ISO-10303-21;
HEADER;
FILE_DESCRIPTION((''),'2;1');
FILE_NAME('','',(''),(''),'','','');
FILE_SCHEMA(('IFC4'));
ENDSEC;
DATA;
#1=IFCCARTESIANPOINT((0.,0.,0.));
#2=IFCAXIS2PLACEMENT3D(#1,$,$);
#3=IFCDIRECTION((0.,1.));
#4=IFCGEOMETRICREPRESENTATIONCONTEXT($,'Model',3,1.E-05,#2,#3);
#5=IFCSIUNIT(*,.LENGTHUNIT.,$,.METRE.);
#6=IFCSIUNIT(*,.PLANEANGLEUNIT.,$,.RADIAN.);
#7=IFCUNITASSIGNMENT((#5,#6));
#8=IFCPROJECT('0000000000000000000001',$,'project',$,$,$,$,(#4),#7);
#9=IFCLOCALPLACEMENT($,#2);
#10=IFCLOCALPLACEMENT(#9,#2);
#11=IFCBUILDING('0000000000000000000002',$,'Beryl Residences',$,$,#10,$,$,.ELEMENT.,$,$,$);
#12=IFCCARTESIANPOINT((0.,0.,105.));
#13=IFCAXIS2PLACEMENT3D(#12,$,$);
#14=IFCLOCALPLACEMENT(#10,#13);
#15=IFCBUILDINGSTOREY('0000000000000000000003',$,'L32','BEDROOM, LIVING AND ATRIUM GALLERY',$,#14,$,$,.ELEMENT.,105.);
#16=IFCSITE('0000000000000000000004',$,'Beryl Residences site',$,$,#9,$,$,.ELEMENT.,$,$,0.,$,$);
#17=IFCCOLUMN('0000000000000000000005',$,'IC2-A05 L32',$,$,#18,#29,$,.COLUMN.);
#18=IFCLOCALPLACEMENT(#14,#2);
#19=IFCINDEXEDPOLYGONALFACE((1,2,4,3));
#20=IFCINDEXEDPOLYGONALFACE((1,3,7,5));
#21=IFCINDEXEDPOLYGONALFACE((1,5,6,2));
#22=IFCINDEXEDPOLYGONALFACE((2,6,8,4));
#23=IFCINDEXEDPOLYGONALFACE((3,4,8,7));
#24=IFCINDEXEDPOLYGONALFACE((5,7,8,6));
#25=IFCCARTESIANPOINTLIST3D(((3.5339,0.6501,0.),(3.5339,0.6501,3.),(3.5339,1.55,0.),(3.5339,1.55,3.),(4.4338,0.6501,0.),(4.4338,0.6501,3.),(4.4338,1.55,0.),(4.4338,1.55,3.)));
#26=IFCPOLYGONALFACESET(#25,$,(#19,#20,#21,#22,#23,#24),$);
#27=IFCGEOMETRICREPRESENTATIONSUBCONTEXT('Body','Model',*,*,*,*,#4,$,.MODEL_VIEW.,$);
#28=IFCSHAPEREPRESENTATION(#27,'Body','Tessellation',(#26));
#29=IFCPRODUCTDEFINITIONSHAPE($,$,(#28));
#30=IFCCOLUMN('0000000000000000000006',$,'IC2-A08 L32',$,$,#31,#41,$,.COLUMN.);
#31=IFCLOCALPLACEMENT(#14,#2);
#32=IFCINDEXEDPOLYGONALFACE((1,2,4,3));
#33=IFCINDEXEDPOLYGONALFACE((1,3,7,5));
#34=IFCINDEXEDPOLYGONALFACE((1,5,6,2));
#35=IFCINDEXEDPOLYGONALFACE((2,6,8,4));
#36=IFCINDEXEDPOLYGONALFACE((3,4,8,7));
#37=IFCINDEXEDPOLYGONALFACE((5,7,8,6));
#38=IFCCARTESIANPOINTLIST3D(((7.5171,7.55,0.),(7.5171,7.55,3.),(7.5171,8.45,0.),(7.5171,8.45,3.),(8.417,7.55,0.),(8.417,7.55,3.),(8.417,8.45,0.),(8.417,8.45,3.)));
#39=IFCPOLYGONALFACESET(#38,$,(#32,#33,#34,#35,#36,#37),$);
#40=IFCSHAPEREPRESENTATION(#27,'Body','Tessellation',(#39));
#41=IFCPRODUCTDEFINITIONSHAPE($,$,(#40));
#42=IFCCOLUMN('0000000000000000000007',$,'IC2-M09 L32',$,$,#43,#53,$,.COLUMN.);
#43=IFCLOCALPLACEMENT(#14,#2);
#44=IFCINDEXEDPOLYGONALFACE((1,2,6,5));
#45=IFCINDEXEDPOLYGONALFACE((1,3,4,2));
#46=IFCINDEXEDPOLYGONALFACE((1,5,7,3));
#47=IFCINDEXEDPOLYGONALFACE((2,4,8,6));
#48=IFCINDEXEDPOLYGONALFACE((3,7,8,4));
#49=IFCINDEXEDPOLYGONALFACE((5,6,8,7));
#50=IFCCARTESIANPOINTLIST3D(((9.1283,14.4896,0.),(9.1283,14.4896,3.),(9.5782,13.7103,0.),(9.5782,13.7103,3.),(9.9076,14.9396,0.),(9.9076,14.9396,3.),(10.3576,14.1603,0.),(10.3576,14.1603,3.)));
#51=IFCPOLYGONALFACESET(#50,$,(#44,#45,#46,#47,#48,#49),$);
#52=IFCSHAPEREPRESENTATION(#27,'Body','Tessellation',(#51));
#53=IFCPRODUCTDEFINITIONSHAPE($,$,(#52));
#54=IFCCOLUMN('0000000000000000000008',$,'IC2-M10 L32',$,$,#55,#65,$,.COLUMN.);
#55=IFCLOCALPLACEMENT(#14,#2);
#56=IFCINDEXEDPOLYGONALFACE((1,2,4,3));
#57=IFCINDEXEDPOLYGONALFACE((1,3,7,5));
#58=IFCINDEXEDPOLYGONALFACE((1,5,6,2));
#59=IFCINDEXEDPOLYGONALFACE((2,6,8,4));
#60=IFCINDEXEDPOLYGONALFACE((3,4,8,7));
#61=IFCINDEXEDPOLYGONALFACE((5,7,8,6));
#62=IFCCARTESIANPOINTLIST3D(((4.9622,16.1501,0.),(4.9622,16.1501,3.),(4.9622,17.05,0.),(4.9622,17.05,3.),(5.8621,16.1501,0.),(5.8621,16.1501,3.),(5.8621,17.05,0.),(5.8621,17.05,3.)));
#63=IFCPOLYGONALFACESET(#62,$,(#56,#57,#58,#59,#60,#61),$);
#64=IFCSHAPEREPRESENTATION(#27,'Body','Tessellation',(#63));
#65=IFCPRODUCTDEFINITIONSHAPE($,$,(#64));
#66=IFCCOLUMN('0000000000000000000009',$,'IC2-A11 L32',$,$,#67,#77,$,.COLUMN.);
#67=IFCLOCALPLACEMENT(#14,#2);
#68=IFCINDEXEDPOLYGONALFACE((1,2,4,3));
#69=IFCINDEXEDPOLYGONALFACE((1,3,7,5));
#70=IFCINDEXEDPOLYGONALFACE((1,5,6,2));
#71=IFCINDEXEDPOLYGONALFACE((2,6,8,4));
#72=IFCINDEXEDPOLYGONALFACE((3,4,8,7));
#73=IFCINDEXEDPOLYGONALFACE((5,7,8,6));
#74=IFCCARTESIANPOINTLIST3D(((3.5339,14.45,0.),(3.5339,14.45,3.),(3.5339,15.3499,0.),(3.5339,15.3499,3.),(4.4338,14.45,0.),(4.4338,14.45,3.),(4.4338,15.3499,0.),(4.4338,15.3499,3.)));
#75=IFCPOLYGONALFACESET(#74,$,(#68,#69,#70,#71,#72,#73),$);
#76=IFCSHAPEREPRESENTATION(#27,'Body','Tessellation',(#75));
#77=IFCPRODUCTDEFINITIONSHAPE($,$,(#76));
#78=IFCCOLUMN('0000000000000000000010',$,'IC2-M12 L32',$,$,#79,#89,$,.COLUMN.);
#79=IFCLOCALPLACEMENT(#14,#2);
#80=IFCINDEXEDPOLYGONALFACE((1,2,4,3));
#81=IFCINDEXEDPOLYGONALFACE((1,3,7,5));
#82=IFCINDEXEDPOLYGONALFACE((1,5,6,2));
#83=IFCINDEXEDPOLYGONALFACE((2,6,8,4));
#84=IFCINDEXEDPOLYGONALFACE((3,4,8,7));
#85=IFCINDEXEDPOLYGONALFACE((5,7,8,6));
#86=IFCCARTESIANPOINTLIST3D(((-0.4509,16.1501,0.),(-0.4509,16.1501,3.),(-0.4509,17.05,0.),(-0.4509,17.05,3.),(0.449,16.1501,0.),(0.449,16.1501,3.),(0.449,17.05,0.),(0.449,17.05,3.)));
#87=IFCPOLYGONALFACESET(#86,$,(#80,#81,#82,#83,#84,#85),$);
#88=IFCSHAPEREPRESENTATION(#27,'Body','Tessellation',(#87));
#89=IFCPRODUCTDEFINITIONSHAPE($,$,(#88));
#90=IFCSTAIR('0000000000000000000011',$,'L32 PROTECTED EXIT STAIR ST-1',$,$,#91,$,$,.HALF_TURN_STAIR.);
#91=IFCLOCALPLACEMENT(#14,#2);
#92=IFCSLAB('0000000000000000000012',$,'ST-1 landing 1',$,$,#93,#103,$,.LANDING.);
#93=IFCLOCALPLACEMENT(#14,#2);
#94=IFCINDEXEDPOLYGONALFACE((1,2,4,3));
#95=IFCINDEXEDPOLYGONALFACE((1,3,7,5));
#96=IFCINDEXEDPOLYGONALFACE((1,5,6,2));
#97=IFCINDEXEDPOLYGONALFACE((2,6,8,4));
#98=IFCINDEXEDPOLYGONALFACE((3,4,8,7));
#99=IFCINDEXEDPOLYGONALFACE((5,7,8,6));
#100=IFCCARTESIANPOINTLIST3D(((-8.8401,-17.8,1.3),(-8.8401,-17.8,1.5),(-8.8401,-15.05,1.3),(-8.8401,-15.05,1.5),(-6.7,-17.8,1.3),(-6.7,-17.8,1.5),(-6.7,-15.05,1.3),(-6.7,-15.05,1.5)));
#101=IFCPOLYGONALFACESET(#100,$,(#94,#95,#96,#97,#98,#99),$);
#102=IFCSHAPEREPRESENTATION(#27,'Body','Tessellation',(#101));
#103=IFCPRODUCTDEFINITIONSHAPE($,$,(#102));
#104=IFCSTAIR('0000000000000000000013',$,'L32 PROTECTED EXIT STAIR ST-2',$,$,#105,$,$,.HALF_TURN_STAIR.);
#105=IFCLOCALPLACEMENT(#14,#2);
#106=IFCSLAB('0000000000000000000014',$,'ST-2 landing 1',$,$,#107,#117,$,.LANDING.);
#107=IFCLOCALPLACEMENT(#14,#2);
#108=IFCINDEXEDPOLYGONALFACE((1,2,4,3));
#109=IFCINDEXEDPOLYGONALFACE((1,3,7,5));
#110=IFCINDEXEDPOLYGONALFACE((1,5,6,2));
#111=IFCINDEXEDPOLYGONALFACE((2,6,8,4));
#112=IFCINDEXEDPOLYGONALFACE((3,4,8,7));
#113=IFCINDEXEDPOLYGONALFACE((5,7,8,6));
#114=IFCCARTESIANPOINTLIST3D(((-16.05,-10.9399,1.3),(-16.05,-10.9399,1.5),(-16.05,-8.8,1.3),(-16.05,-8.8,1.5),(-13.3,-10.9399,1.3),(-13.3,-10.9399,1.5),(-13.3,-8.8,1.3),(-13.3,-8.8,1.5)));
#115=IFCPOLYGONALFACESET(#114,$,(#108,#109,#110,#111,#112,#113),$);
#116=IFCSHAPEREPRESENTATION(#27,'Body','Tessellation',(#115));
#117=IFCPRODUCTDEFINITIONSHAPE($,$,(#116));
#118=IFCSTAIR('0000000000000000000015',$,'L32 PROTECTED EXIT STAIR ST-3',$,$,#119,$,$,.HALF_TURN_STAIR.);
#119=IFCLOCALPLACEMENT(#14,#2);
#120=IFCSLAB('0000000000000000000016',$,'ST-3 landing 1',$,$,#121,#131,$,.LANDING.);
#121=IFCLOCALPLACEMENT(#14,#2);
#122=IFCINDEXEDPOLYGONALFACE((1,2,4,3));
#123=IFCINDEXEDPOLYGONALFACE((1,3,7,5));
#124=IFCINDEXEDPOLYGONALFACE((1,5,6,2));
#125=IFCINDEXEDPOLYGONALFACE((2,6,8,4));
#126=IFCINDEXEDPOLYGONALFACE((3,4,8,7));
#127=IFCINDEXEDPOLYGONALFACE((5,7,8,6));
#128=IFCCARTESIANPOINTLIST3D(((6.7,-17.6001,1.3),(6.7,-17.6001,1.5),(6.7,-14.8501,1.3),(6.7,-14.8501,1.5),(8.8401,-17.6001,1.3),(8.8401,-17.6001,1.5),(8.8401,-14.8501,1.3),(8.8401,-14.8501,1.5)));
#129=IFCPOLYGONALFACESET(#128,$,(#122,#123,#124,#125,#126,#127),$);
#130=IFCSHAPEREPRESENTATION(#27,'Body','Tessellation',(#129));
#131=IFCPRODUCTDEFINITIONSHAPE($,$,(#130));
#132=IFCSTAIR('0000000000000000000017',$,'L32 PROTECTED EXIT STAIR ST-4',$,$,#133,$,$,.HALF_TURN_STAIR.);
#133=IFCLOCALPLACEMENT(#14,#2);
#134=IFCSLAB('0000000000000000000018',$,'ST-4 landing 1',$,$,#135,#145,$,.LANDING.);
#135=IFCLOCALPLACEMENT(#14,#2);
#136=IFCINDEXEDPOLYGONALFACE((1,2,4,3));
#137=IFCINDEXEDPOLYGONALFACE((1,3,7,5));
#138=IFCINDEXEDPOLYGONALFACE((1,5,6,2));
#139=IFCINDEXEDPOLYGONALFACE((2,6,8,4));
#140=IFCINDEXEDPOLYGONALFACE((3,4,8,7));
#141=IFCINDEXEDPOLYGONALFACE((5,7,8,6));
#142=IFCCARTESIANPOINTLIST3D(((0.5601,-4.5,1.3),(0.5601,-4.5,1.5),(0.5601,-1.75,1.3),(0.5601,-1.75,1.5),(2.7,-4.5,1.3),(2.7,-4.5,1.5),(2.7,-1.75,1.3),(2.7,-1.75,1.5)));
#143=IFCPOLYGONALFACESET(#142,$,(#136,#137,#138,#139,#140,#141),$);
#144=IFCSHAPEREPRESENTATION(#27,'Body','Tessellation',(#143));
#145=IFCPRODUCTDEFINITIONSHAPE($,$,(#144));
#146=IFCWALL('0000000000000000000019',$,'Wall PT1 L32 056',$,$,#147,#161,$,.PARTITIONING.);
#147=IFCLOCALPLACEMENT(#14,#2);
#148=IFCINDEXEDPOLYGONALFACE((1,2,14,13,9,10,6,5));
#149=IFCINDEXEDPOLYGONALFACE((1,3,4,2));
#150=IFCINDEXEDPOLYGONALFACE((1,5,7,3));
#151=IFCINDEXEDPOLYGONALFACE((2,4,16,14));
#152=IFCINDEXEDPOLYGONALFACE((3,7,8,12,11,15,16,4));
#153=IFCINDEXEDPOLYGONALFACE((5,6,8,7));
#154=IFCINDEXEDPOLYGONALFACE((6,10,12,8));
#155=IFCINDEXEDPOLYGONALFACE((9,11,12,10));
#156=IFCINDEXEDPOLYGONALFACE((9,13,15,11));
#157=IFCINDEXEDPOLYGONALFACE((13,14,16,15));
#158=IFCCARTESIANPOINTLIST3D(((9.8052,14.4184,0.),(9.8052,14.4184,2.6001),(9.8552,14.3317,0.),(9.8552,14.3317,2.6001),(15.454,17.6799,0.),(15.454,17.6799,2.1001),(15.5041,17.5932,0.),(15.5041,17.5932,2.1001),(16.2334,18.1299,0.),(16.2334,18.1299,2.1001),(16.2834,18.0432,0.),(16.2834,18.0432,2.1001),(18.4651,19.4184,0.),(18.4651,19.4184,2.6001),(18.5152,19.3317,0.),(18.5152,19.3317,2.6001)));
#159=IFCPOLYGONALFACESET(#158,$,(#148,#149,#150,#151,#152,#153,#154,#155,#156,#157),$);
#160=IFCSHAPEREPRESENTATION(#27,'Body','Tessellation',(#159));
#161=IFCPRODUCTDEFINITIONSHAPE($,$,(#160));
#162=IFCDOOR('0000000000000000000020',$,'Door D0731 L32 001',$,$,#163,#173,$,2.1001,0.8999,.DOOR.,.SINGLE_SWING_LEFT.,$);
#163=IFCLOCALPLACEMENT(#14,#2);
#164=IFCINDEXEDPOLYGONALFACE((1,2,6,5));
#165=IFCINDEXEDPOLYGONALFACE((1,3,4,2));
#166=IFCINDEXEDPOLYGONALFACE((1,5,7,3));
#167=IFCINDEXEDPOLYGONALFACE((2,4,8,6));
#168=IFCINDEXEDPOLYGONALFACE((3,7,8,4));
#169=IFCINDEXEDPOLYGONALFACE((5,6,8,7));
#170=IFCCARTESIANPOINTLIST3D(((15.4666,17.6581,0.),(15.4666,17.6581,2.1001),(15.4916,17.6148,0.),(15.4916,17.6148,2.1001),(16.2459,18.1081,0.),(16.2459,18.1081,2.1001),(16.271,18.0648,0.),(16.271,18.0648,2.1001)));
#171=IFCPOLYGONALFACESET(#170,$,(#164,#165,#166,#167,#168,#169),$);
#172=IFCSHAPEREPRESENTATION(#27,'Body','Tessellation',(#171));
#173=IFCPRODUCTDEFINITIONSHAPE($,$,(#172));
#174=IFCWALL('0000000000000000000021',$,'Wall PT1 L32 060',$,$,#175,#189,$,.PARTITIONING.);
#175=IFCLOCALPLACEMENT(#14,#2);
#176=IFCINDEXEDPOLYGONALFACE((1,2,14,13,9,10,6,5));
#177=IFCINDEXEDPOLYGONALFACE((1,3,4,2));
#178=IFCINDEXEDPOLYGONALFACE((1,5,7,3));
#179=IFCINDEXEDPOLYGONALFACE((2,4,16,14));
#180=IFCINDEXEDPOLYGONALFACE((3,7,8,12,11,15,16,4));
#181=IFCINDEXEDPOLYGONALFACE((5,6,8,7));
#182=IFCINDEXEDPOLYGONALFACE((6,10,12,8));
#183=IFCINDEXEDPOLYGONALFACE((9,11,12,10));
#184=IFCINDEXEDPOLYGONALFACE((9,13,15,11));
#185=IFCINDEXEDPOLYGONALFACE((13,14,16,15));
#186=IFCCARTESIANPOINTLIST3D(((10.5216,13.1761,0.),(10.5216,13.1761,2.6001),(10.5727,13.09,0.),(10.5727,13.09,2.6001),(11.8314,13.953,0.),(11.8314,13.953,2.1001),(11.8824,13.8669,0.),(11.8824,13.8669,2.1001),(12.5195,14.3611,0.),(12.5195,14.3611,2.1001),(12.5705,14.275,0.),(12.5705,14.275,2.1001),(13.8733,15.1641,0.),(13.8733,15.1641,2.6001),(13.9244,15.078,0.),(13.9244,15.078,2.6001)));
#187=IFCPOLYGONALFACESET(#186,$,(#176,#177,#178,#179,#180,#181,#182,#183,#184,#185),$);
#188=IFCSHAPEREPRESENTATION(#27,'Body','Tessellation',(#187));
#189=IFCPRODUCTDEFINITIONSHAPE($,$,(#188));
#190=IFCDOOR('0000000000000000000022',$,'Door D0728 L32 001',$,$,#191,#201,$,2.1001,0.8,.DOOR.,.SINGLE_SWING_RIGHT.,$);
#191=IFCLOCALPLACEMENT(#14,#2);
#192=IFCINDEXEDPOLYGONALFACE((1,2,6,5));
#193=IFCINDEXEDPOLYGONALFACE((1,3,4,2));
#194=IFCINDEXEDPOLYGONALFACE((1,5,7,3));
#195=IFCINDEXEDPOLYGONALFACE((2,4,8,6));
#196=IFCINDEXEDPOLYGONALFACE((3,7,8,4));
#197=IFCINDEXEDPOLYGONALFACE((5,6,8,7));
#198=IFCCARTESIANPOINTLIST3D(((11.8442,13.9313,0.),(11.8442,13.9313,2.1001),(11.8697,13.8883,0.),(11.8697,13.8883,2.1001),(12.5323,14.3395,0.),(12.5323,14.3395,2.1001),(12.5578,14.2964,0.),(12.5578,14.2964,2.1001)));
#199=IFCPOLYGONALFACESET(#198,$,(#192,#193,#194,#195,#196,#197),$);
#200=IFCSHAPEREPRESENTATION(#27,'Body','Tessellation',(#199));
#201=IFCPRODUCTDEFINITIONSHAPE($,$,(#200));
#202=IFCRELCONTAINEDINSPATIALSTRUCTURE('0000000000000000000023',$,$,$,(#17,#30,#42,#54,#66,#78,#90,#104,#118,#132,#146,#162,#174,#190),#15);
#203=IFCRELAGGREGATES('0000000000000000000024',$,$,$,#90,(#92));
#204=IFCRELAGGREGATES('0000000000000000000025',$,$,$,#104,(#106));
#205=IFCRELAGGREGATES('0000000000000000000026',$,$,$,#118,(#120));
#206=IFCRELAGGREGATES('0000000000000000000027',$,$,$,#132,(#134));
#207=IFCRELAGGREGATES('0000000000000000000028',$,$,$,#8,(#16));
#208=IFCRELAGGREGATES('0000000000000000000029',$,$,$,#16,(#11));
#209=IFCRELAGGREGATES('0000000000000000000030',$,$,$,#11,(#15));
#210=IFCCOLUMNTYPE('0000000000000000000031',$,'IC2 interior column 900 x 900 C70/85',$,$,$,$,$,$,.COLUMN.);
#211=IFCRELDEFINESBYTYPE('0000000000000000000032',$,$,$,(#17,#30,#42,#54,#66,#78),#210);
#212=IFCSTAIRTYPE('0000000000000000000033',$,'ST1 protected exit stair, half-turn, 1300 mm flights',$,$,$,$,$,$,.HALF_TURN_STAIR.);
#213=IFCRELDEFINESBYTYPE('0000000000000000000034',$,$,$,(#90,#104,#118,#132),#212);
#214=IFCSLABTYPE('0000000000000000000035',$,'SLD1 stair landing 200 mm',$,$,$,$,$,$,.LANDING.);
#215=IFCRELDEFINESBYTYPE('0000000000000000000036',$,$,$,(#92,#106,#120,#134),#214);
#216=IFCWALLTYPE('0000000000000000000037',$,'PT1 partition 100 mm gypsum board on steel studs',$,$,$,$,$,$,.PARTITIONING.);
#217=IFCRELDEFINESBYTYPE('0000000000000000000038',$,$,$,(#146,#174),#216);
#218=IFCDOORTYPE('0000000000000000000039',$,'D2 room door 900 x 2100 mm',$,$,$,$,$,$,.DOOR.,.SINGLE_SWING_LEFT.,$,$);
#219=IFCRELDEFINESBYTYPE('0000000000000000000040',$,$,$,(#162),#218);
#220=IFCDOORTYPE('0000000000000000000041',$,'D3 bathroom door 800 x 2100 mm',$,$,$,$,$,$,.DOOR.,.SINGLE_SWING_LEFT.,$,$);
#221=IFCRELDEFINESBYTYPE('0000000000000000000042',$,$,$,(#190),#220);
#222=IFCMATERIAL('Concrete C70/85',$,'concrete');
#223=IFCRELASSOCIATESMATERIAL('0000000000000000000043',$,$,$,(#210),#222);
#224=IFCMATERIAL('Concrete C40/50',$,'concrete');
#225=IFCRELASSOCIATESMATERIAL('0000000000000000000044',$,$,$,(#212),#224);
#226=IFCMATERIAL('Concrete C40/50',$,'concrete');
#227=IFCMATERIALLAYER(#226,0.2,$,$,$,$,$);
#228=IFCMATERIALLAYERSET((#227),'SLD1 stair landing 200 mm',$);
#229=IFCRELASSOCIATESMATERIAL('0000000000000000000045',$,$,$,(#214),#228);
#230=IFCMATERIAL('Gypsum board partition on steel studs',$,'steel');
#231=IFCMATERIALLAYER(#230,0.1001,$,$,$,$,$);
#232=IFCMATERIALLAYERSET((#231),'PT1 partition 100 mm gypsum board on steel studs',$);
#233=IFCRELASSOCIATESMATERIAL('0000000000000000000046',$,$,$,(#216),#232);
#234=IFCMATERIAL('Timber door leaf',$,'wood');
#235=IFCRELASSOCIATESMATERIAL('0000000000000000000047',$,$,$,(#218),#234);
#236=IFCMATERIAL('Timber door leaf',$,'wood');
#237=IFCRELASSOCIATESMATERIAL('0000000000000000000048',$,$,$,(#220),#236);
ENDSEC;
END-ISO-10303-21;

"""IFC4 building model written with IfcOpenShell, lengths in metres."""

from ifc_helpers import new_model, si_unit, direction, frame, frame_2d, origin, origin_2d, place, context, subcontext, project, spatial, polyline, rectangle, outline, extrude, material, layer, layer_set, material_profile, profile_set, type_object, element, fill, aggregate, save


model = new_model("IFC4")

# Units and contexts
model_context = context("Model", 3, precision=1e-05, world=origin(), true_north=direction((0.0, 1.0)))
body_context = subcontext(model_context, "Body", "Model", "MODEL_VIEW")
ifc_project = project(units=[si_unit("LENGTHUNIT", "METRE"), si_unit("PLANEANGLEUNIT", "RADIAN")], contexts=[model_context])

# Site, building, storey
site_placement = place(None, origin())
site = spatial("IfcSite", under=ifc_project, at=site_placement, Name="Beryl Residences site", CompositionType="ELEMENT", RefElevation=0.0)
building_placement = place(site_placement, origin())
building = spatial("IfcBuilding", under=site, at=building_placement, Name="Beryl Residences", CompositionType="ELEMENT")
storey_placement = place(building_placement, frame((0.0, 0.0, 105.0)))
storey = spatial("IfcBuildingStorey", under=building, at=storey_placement, Name="L32", Description="BEDROOM, LIVING AND ATRIUM GALLERY", CompositionType="ELEMENT", Elevation=105.0)

# Columns
ifc_material_1 = material(Name="Concrete C70/85", Category="concrete")
ifc_material_profile = material_profile(ifc_material_1, rectangle(XDim=0.8999, YDim=0.8999, at=origin_2d()))
ifc_profile_set = profile_set([ifc_material_profile], Name="Concrete C70/85")
column_type = type_object("IfcColumnType", Name="IC2 interior column 900 x 900 C70/85", PredefinedType="COLUMN", material=ifc_profile_set)
for number, where, z_axis, x_axis, name in (
    (1, (3.9839, 1.1001, 0.0), (0.0, 0.0, 1.0), (1.0, 0.0, 0.0), "IC2-A05 L32"),
    (2, (7.967, 8.0, 0.0), (0.0, 0.0, 1.0), (1.0, 0.0, 0.0), "IC2-A08 L32"),
    (3, (9.7429, 14.325, 0.0), (0.0, 0.0, 1.0), (-0.5, 0.866025, 0.0), "IC2-M09 L32"),
    (4, (5.4121, 16.6001, 0.0), (0.0, 0.0, 1.0), (-1.0, 0.0, 0.0), "IC2-M10 L32"),
    (5, (3.9839, 14.8999, 0.0), (0.0, 0.0, 1.0), (1.0, 0.0, 0.0), "IC2-A11 L32"),
    (6, (-0.001, 16.6001, 0.0), (0.0, 0.0, 1.0), (-1.0, 0.0, 0.0), "IC2-M12 L32"),
):
    element("IfcColumn", number, at=place(storey_placement, frame(where, z_axis=z_axis, x_axis=x_axis)), inside=storey, type_object=column_type, Name=name, PredefinedType="COLUMN", context=body_context, shape_type="SweptSolid", body=[
        extrude(rectangle(XDim=0.8999, YDim=0.8999, at=origin_2d()), origin(), (0.0, 0.0, 1.0), 3.0),
    ])

# Stairs, slabs
ifc_material_2 = material(Name="Concrete C40/50", Category="concrete")
stair_type = type_object("IfcStairType", Name="ST1 protected exit stair, half-turn, 1300 mm flights", PredefinedType="HALF_TURN_STAIR", material=ifc_material_2)
stair_1_placement = place(storey_placement, origin())
stair_1 = element("IfcStair", 7, at=stair_1_placement, inside=storey, type_object=stair_type, Name="L32 PROTECTED EXIT STAIR ST-1", PredefinedType="HALF_TURN_STAIR")
ifc_material_3 = material(Name="Concrete C40/50", Category="concrete")
ifc_layer_1 = layer(ifc_material_3, 0.2)
ifc_layer_set_1 = layer_set([ifc_layer_1], Name="SLD1 stair landing 200 mm")
slab_type_1 = type_object("IfcSlabType", Name="SLD1 stair landing 200 mm", PredefinedType="LANDING", material=ifc_layer_set_1)
slab_1_placement = place(storey_placement, frame((0.0, 0.0, 1.3)))
slab_1 = element("IfcSlab", 8, at=slab_1_placement, type_object=slab_type_1, Name="ST-1 landing 1", PredefinedType="LANDING", context=body_context, shape_type="SweptSolid", body=[
    extrude(outline(polyline([(-8.8401, -17.8), (-6.7, -17.8), (-6.7, -15.05), (-8.8401, -15.05), (-8.8401, -17.8)])), origin(), (0.0, 0.0, 1.0), 0.2),
])
aggregate(stair_1, [slab_1])
stair_2_placement = place(storey_placement, origin())
stair_2 = element("IfcStair", 9, at=stair_2_placement, inside=storey, type_object=stair_type, Name="L32 PROTECTED EXIT STAIR ST-2", PredefinedType="HALF_TURN_STAIR")
slab_2_placement = place(storey_placement, frame((0.0, 0.0, 1.3)))
slab_2 = element("IfcSlab", 10, at=slab_2_placement, type_object=slab_type_1, Name="ST-2 landing 1", PredefinedType="LANDING", context=body_context, shape_type="SweptSolid", body=[
    extrude(outline(polyline([(-13.3, -10.9399), (-13.3, -8.8), (-16.05, -8.8), (-16.05, -10.9399), (-13.3, -10.9399)])), origin(), (0.0, 0.0, 1.0), 0.2),
])
aggregate(stair_2, [slab_2])
stair_3_placement = place(storey_placement, origin())
stair_3 = element("IfcStair", 11, at=stair_3_placement, inside=storey, type_object=stair_type, Name="L32 PROTECTED EXIT STAIR ST-3", PredefinedType="HALF_TURN_STAIR")
slab_3_placement = place(storey_placement, frame((0.0, 0.0, 1.3)))
slab_3 = element("IfcSlab", 12, at=slab_3_placement, type_object=slab_type_1, Name="ST-3 landing 1", PredefinedType="LANDING", context=body_context, shape_type="SweptSolid", body=[
    extrude(outline(polyline([(8.8401, -14.8501), (6.7, -14.8501), (6.7, -17.6001), (8.8401, -17.6001), (8.8401, -14.8501)])), origin(), (0.0, 0.0, 1.0), 0.2),
])
aggregate(stair_3, [slab_3])
stair_4_placement = place(storey_placement, origin())
stair_4 = element("IfcStair", 13, at=stair_4_placement, inside=storey, type_object=stair_type, Name="L32 PROTECTED EXIT STAIR ST-4", PredefinedType="HALF_TURN_STAIR")
slab_4_placement = place(storey_placement, frame((0.0, 0.0, 1.3)))
slab_4 = element("IfcSlab", 14, at=slab_4_placement, type_object=slab_type_1, Name="ST-4 landing 1", PredefinedType="LANDING", context=body_context, shape_type="SweptSolid", body=[
    extrude(outline(polyline([(0.5601, -4.5), (2.7, -4.5), (2.7, -1.75), (0.5601, -1.75), (0.5601, -4.5)])), origin(), (0.0, 0.0, 1.0), 0.2),
])
aggregate(stair_4, [slab_4])

# Walls, openings, doors
ifc_material_4 = material(Name="Gypsum board partition on steel studs", Category="steel")
ifc_layer_2 = layer(ifc_material_4, 0.1001)
ifc_layer_set_2 = layer_set([ifc_layer_2], Name="PT1 partition 100 mm gypsum board on steel studs")
wall_type_1 = type_object("IfcWallType", Name="PT1 partition 100 mm gypsum board on steel studs", PredefinedType="PARTITIONING", material=ifc_layer_set_2)
wall_1_placement = place(storey_placement, frame((9.8301, 14.375, 0.0), z_axis=(0.0, 0.0, 1.0), x_axis=(0.866017, 0.500015, 0.0)))
wall_1 = element("IfcWall", 15, at=wall_1_placement, inside=storey, type_object=wall_type_1, Name="Wall PT1 L32 056", PredefinedType="PARTITIONING", context=body_context, shape_type="SweptSolid", body=[
    extrude(rectangle(XDim=9.9998, YDim=0.1001, at=frame_2d((5.0, 0.0))), origin(), (0.0, 0.0, 1.0), 2.6001),
])
opening_1_placement = place(wall_1_placement, frame((6.5229, 0.0, 0.0)))
opening_1 = element("IfcOpeningElement", 16, at=opening_1_placement, cuts=wall_1, PredefinedType="OPENING", context=body_context, shape_type="SweptSolid", body=[
    extrude(rectangle(XDim=0.8999, YDim=2.1001, at=frame_2d((0.45, 1.05))), frame((0.0, 0.0601, 0.0), z_axis=(0.0, -1.0, 0.0), x_axis=(1.0, 0.0, 0.0)), (0.0, 0.0, 1.0), 0.1201),
])
ifc_material_5 = material(Name="Timber door leaf", Category="wood")
door_type_1 = type_object("IfcDoorType", Name="D2 room door 900 x 2100 mm", OperationType="SINGLE_SWING_LEFT", PredefinedType="DOOR", material=ifc_material_5)
door_1_placement = place(opening_1_placement, origin())
door_1 = element("IfcDoor", 17, at=door_1_placement, inside=storey, type_object=door_type_1, Name="Door D0731 L32 001", OperationType="SINGLE_SWING_LEFT", OverallHeight=2.1001, OverallWidth=0.8999, PredefinedType="DOOR", context=body_context, shape_type="SweptSolid", body=[
    extrude(rectangle(XDim=0.8999, YDim=2.1001, at=frame_2d((0.45, 1.05))), frame((0.0, 0.0249, 0.0), z_axis=(0.0, -1.0, 0.0), x_axis=(1.0, 0.0, 0.0)), (0.0, 0.0, 1.0), 0.05),
])
fill(opening_1, door_1)
wall_2_placement = place(storey_placement, frame((10.5471, 13.1331, 0.0), z_axis=(0.0, 0.0, 1.0), x_axis=(0.860091, 0.510141, 0.0)))
wall_2 = element("IfcWall", 18, at=wall_2_placement, inside=storey, type_object=wall_type_1, Name="Wall PT1 L32 060", PredefinedType="PARTITIONING", context=body_context, shape_type="SweptSolid", body=[
    extrude(rectangle(XDim=3.897, YDim=0.1001, at=frame_2d((1.9485, 0.0))), origin(), (0.0, 0.0, 1.0), 2.6001),
])
opening_2_placement = place(wall_2_placement, frame((1.5229, 0.0, 0.0)))
opening_2 = element("IfcOpeningElement", 19, at=opening_2_placement, cuts=wall_2, PredefinedType="OPENING", context=body_context, shape_type="SweptSolid", body=[
    extrude(rectangle(XDim=0.8, YDim=2.1001, at=frame_2d((0.3999, 1.05))), frame((0.0, 0.0601, 0.0), z_axis=(0.0, -1.0, 0.0), x_axis=(1.0, 0.0, 0.0)), (0.0, 0.0, 1.0), 0.1201),
])
ifc_material_6 = material(Name="Timber door leaf", Category="wood")
door_type_2 = type_object("IfcDoorType", Name="D3 bathroom door 800 x 2100 mm", OperationType="SINGLE_SWING_LEFT", PredefinedType="DOOR", material=ifc_material_6)
door_2_placement = place(opening_2_placement, origin())
door_2 = element("IfcDoor", 20, at=door_2_placement, inside=storey, type_object=door_type_2, Name="Door D0728 L32 001", OperationType="SINGLE_SWING_RIGHT", OverallHeight=2.1001, OverallWidth=0.8, PredefinedType="DOOR", context=body_context, shape_type="SweptSolid", body=[
    extrude(rectangle(XDim=0.8, YDim=2.1001, at=frame_2d((0.3999, 1.05))), frame((0.0, 0.0249, 0.0), z_axis=(0.0, -1.0, 0.0), x_axis=(1.0, 0.0, 0.0)), (0.0, 0.0, 1.0), 0.05),
])
fill(opening_2, door_2)

save(model, "model.ifc")
